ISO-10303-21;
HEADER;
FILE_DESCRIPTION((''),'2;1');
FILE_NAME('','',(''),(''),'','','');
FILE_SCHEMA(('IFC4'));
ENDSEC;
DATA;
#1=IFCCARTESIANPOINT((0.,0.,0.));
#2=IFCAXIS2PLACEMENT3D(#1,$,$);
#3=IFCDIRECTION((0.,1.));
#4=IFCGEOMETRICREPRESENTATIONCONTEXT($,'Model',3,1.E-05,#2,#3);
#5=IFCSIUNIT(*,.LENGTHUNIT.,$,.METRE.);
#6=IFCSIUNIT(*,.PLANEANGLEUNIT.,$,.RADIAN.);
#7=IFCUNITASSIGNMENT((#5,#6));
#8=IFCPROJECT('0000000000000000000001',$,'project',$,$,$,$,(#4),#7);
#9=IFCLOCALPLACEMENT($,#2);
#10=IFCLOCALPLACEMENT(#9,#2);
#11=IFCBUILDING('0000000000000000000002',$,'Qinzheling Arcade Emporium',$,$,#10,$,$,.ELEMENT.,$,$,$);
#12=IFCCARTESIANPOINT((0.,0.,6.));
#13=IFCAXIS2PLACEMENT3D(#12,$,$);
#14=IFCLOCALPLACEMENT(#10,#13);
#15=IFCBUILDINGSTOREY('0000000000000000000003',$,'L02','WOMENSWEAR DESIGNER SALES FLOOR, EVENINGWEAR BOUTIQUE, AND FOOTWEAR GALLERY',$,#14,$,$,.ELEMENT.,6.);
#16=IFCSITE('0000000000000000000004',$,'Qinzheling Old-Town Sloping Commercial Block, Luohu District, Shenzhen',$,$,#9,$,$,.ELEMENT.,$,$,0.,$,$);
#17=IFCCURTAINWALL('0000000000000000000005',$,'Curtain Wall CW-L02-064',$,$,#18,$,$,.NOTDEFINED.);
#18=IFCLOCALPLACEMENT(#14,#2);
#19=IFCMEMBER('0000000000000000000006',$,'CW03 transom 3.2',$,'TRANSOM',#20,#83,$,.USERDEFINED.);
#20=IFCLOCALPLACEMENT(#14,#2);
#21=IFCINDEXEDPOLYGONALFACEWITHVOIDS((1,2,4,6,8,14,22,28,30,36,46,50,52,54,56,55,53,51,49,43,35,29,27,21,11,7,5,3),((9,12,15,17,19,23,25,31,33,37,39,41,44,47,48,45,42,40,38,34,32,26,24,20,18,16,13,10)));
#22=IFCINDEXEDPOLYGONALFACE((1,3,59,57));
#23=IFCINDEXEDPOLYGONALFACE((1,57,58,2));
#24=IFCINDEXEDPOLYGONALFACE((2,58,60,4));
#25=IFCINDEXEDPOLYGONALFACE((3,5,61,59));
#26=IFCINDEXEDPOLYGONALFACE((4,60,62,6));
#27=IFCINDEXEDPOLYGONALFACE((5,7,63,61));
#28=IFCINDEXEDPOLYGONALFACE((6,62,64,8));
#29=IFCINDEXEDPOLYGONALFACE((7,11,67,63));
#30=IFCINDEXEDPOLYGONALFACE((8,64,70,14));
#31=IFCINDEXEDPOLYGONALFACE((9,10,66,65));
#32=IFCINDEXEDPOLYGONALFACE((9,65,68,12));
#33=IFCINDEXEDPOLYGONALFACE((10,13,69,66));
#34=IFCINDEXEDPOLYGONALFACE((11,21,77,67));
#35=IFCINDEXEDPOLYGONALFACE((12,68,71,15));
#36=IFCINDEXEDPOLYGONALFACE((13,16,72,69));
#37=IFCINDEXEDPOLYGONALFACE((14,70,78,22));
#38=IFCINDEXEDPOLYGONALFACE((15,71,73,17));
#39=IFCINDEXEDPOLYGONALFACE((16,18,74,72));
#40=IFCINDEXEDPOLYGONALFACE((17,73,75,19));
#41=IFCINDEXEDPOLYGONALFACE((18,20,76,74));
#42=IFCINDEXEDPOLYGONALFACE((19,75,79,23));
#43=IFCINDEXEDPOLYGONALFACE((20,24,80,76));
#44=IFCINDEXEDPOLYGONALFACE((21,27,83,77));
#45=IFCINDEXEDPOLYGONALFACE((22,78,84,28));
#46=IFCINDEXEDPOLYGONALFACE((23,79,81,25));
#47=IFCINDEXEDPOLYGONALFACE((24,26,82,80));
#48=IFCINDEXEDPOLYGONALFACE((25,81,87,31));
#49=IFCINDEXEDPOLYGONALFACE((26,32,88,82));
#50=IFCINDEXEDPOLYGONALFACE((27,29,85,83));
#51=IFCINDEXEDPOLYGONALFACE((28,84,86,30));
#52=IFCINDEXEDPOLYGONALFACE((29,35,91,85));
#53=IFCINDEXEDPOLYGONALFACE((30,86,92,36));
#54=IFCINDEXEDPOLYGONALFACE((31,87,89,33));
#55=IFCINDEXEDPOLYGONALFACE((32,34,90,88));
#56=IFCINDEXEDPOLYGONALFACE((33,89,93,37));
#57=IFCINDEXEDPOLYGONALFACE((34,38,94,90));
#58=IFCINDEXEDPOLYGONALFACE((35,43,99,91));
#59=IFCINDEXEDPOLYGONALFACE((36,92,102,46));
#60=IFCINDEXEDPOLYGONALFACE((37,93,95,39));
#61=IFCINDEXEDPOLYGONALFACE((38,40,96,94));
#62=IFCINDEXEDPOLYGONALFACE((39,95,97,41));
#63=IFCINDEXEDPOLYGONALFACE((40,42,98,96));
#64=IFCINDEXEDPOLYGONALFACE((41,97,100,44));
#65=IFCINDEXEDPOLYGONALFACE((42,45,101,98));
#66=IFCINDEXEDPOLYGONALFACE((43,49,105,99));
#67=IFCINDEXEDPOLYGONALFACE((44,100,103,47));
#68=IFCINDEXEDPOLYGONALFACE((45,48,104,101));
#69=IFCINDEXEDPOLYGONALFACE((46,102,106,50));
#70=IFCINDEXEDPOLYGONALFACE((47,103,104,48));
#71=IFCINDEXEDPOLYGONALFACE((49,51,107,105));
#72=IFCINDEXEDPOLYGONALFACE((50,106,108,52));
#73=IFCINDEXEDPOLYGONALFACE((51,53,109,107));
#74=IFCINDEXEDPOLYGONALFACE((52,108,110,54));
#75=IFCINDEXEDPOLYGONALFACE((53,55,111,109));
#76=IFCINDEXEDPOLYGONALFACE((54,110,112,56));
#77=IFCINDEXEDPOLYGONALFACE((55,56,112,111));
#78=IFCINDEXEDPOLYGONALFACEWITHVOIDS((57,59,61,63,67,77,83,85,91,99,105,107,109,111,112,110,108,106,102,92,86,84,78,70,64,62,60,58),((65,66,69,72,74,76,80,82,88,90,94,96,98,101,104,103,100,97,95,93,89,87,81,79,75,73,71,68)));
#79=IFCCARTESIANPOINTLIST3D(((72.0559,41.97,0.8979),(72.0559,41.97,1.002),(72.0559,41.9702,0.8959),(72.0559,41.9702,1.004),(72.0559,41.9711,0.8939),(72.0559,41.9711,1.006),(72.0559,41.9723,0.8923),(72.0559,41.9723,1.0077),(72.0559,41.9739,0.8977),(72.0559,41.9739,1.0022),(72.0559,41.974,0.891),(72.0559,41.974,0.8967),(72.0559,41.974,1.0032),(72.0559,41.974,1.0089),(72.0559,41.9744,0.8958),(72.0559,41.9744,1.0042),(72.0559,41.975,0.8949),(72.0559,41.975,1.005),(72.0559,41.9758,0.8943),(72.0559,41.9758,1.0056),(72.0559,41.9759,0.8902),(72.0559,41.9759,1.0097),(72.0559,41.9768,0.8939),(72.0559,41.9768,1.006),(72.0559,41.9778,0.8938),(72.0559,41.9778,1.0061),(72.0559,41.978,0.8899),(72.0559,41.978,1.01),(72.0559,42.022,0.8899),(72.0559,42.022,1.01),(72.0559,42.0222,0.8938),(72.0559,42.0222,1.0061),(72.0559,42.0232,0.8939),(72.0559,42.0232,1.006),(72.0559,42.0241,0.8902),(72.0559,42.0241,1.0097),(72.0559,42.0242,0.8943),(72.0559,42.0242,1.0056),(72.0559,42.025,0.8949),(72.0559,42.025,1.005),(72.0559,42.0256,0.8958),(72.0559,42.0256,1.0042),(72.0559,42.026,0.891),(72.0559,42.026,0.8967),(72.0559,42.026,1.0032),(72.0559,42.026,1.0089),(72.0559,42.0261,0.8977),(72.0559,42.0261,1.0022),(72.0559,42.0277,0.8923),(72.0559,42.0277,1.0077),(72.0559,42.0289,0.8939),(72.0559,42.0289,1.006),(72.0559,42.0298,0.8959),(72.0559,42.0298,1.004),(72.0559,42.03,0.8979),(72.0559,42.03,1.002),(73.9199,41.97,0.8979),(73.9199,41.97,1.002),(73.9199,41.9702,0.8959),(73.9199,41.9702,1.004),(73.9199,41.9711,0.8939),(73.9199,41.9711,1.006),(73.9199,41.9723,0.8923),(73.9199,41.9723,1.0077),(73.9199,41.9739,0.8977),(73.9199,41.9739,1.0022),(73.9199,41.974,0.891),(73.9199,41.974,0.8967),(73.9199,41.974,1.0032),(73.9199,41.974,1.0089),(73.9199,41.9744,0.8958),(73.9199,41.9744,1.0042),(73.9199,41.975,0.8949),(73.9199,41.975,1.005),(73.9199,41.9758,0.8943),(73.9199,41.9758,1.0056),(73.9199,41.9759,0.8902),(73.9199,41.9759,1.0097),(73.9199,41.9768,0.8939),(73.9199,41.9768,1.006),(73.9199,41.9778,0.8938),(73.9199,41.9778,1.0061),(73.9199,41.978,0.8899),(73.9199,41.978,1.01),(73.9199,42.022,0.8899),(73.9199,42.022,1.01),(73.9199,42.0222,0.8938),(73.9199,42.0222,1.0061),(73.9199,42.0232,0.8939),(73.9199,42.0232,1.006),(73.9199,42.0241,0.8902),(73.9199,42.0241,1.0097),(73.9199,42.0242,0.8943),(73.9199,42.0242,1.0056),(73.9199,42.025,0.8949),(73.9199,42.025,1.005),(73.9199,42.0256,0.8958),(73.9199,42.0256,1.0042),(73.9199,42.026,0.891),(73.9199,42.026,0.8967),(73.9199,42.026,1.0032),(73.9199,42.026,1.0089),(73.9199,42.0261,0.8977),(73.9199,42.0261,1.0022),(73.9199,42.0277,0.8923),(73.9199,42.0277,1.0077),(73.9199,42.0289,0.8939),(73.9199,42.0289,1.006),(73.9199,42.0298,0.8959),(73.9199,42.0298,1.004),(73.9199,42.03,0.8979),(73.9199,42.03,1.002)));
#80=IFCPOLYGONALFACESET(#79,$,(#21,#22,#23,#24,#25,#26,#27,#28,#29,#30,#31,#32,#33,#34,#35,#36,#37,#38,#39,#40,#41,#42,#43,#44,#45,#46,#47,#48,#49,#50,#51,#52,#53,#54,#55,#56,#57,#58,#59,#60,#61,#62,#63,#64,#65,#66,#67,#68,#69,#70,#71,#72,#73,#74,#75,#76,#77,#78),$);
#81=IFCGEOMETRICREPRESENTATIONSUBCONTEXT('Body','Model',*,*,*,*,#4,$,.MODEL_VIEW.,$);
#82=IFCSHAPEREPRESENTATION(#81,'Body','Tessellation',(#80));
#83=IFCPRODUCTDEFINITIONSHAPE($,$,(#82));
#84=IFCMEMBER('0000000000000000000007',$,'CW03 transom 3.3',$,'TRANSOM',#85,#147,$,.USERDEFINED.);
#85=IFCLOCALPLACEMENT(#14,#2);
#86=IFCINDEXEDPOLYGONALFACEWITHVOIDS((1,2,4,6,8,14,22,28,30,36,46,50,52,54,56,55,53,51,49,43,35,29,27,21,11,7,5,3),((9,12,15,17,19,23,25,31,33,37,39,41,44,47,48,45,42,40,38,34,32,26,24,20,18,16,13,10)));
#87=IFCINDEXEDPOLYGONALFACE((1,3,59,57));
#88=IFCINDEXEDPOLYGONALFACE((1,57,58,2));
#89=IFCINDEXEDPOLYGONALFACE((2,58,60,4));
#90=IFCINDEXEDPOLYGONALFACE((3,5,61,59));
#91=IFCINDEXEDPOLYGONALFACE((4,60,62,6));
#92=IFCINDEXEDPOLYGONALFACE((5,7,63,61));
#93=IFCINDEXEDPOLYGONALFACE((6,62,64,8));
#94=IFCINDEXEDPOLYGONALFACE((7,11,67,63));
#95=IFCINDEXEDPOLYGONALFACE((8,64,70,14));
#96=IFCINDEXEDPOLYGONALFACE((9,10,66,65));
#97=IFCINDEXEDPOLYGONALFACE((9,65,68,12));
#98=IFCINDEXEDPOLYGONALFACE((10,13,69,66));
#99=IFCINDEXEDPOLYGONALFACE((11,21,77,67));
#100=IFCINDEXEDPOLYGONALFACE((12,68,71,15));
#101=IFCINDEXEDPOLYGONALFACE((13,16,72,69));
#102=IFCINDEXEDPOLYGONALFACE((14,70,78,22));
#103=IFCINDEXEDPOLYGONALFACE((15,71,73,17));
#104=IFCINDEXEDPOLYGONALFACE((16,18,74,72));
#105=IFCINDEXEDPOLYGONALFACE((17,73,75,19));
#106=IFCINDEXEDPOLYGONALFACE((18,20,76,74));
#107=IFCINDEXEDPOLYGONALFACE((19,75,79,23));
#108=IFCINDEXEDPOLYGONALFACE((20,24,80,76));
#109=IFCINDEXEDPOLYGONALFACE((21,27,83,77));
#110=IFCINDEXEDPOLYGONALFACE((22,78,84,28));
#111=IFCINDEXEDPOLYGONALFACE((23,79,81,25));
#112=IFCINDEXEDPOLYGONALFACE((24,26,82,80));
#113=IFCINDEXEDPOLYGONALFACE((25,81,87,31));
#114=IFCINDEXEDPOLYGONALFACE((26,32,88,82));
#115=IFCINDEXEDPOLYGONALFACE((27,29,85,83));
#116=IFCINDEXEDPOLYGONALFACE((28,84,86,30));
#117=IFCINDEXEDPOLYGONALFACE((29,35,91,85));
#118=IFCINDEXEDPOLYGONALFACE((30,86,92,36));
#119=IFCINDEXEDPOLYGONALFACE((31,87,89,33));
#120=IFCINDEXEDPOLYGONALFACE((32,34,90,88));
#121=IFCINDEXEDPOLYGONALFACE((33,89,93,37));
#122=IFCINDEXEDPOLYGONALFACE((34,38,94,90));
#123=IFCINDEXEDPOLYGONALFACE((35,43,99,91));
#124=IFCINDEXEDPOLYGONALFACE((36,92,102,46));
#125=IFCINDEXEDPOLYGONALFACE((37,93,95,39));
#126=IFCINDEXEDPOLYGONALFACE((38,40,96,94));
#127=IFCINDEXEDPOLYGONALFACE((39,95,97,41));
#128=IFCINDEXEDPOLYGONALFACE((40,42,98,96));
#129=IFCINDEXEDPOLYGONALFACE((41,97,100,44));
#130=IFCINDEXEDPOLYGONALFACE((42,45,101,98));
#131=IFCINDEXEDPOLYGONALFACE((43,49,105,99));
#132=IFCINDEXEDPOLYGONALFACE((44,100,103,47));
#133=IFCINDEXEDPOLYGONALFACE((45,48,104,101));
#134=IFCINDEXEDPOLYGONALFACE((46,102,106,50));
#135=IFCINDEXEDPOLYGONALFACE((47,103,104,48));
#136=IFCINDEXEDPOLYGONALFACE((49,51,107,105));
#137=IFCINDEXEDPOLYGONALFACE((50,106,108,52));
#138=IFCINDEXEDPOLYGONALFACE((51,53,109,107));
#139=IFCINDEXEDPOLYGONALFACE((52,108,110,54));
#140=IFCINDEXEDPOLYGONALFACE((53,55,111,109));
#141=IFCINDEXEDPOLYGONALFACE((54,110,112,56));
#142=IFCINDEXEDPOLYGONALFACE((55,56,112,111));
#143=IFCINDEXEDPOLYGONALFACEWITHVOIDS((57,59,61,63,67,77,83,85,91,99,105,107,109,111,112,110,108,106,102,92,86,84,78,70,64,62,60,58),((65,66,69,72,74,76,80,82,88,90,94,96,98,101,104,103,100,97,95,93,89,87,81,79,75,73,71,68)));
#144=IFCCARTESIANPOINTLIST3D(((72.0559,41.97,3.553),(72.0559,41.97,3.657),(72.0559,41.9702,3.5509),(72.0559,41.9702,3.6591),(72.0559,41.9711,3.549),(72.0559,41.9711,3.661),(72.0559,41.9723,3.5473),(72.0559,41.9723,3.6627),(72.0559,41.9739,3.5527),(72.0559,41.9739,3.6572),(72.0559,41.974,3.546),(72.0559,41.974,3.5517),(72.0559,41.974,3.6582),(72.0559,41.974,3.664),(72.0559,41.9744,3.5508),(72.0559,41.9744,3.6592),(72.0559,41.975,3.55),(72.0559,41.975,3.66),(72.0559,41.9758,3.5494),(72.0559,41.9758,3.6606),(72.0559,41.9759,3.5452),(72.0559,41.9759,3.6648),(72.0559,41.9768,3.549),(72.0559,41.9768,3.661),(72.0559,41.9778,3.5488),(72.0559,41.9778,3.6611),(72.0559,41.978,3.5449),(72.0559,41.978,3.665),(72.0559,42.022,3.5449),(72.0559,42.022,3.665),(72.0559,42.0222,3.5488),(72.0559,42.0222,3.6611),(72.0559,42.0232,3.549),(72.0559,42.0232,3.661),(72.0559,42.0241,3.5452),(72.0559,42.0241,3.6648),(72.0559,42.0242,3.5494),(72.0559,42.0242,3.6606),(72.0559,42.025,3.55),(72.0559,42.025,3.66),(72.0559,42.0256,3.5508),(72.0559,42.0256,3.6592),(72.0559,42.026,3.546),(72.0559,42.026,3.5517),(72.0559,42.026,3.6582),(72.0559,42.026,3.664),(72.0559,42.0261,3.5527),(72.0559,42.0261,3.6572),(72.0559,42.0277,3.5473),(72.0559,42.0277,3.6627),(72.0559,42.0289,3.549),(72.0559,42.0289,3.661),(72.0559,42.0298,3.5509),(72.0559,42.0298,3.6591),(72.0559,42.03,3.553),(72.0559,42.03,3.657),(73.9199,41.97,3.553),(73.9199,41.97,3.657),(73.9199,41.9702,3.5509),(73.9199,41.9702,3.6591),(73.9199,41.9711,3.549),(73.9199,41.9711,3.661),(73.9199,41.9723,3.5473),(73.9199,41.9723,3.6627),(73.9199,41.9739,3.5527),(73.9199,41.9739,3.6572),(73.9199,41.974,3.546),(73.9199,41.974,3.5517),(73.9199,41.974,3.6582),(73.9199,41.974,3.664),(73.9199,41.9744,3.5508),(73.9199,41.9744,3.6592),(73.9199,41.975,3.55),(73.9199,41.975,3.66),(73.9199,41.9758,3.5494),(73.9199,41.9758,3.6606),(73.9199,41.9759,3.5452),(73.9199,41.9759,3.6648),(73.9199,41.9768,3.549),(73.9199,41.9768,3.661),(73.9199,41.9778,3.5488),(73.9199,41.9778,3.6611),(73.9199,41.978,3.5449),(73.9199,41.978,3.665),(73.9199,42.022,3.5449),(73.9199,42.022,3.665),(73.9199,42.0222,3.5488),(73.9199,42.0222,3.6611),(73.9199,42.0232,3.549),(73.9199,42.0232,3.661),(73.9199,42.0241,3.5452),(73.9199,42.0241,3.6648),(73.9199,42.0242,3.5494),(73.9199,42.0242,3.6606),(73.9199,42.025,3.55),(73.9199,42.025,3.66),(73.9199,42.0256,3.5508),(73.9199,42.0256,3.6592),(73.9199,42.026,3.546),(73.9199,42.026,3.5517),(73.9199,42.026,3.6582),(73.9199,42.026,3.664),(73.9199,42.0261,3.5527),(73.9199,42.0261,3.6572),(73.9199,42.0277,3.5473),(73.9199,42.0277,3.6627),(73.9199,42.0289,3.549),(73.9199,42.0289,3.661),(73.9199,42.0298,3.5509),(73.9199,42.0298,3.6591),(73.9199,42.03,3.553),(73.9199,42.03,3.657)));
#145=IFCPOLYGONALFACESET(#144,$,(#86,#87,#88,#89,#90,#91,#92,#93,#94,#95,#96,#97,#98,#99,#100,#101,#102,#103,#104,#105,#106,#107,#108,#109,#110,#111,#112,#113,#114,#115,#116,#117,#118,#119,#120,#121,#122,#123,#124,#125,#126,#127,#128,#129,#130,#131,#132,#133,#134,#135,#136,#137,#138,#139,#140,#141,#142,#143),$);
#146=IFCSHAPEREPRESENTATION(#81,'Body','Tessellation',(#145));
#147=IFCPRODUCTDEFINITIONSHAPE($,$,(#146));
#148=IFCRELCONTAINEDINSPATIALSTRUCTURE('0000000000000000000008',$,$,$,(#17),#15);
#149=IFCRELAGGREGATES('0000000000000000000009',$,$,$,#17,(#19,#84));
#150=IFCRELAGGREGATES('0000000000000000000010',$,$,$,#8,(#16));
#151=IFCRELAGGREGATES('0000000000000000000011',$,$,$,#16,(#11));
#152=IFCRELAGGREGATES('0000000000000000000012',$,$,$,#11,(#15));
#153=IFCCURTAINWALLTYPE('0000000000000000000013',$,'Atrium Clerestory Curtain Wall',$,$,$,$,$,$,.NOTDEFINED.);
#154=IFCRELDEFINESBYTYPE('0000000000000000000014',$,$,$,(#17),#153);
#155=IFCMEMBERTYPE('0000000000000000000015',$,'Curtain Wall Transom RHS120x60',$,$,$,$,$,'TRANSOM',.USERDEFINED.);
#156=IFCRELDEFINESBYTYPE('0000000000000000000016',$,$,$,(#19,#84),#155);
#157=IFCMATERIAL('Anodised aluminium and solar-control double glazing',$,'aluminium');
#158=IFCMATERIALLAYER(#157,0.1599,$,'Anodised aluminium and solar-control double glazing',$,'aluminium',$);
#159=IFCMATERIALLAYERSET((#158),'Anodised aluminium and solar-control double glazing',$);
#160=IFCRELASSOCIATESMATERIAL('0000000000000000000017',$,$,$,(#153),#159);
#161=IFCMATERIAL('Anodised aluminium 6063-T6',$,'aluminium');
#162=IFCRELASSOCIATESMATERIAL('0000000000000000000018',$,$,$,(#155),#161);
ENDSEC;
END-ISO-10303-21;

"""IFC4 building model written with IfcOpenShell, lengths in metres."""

from ifc_helpers import new_model, si_unit, direction, frame, origin, origin_2d, place, context, subcontext, project, spatial, hollow_rectangle, extrude, material, layer, layer_set, material_profile, profile_set, type_object, element, aggregate, save


model = new_model("IFC4")

# Units and contexts
model_context = context("Model", 3, precision=1e-05, world=origin(), true_north=direction((0.0, 1.0)))
body_context = subcontext(model_context, "Body", "Model", "MODEL_VIEW")
ifc_project = project(units=[si_unit("LENGTHUNIT", "METRE"), si_unit("PLANEANGLEUNIT", "RADIAN")], contexts=[model_context])

# Site, building, storey
site_placement = place(None, origin())
site = spatial("IfcSite", under=ifc_project, at=site_placement, Name="Qinzheling Old-Town Sloping Commercial Block, Luohu District, Shenzhen", CompositionType="ELEMENT", RefElevation=0.0)
building_placement = place(site_placement, origin())
building = spatial("IfcBuilding", under=site, at=building_placement, Name="Qinzheling Arcade Emporium", CompositionType="ELEMENT")
storey_placement = place(building_placement, frame((0.0, 0.0, 6.0)))
storey = spatial("IfcBuildingStorey", under=building, at=storey_placement, Name="L02", Description="WOMENSWEAR DESIGNER SALES FLOOR, EVENINGWEAR BOUTIQUE, AND FOOTWEAR GALLERY", CompositionType="ELEMENT", Elevation=6.0)

# Curtain wall, members
ifc_material_1 = material(Name="Anodised aluminium and solar-control double glazing", Category="aluminium")
ifc_layer_1 = layer(ifc_material_1, 0.1599, Name="Anodised aluminium and solar-control double glazing", Category="aluminium")
ifc_layer_set_1 = layer_set([ifc_layer_1], Name="Anodised aluminium and solar-control double glazing")
curtain_wall_type = type_object("IfcCurtainWallType", Name="Atrium Clerestory Curtain Wall", PredefinedType="NOTDEFINED", material=ifc_layer_set_1)
curtain_wall_placement = place(storey_placement, origin())
curtain_wall = element("IfcCurtainWall", 1, at=curtain_wall_placement, inside=storey, type_object=curtain_wall_type, Name="Curtain Wall CW-L02-064", PredefinedType="NOTDEFINED")
ifc_material_2 = material(Name="Anodised aluminium 6063-T6", Category="aluminium")
ifc_material_profile_1 = material_profile(ifc_material_2, hollow_rectangle(XDim=0.0601, YDim=0.1201, WallThickness=0.0039, InnerFilletRadius=0.0039, OuterFilletRadius=0.0081, at=origin_2d()), Name="RHS 120x60x4", Category="aluminium")
ifc_profile_set_1 = profile_set([ifc_material_profile_1], Name="Anodised aluminium 6063-T6")
member_type_1 = type_object("IfcMemberType", Name="Curtain Wall Transom RHS120x60", ElementType="TRANSOM", PredefinedType="USERDEFINED", material=ifc_profile_set_1)
member_1_placement = place(storey_placement, frame((73.9199, 42.0, 0.95), z_axis=(-1.0, 0.0, 0.0), x_axis=(0.0, -1.0, 0.0)))
member_1 = element("IfcMember", 2, at=member_1_placement, type_object=member_type_1, Name="CW03 transom 3.2", ObjectType="TRANSOM", PredefinedType="USERDEFINED", context=body_context, shape_type="SweptSolid", body=[
    extrude(hollow_rectangle(XDim=0.0601, YDim=0.1201, WallThickness=0.0039, InnerFilletRadius=0.0039, OuterFilletRadius=0.0081, at=origin_2d()), origin(), (0.0, 0.0, 1.0), 1.864),
])
member_2_placement = place(storey_placement, frame((73.9199, 42.0, 3.605), z_axis=(-1.0, 0.0, 0.0), x_axis=(0.0, -1.0, 0.0)))
member_2 = element("IfcMember", 3, at=member_2_placement, type_object=member_type_1, Name="CW03 transom 3.3", ObjectType="TRANSOM", PredefinedType="USERDEFINED", context=body_context, shape_type="SweptSolid", body=[
    extrude(hollow_rectangle(XDim=0.0601, YDim=0.1201, WallThickness=0.0039, InnerFilletRadius=0.0039, OuterFilletRadius=0.0081, at=origin_2d()), origin(), (0.0, 0.0, 1.0), 1.864),
])
aggregate(curtain_wall, [member_1, member_2])

save(model, "model.ifc")
